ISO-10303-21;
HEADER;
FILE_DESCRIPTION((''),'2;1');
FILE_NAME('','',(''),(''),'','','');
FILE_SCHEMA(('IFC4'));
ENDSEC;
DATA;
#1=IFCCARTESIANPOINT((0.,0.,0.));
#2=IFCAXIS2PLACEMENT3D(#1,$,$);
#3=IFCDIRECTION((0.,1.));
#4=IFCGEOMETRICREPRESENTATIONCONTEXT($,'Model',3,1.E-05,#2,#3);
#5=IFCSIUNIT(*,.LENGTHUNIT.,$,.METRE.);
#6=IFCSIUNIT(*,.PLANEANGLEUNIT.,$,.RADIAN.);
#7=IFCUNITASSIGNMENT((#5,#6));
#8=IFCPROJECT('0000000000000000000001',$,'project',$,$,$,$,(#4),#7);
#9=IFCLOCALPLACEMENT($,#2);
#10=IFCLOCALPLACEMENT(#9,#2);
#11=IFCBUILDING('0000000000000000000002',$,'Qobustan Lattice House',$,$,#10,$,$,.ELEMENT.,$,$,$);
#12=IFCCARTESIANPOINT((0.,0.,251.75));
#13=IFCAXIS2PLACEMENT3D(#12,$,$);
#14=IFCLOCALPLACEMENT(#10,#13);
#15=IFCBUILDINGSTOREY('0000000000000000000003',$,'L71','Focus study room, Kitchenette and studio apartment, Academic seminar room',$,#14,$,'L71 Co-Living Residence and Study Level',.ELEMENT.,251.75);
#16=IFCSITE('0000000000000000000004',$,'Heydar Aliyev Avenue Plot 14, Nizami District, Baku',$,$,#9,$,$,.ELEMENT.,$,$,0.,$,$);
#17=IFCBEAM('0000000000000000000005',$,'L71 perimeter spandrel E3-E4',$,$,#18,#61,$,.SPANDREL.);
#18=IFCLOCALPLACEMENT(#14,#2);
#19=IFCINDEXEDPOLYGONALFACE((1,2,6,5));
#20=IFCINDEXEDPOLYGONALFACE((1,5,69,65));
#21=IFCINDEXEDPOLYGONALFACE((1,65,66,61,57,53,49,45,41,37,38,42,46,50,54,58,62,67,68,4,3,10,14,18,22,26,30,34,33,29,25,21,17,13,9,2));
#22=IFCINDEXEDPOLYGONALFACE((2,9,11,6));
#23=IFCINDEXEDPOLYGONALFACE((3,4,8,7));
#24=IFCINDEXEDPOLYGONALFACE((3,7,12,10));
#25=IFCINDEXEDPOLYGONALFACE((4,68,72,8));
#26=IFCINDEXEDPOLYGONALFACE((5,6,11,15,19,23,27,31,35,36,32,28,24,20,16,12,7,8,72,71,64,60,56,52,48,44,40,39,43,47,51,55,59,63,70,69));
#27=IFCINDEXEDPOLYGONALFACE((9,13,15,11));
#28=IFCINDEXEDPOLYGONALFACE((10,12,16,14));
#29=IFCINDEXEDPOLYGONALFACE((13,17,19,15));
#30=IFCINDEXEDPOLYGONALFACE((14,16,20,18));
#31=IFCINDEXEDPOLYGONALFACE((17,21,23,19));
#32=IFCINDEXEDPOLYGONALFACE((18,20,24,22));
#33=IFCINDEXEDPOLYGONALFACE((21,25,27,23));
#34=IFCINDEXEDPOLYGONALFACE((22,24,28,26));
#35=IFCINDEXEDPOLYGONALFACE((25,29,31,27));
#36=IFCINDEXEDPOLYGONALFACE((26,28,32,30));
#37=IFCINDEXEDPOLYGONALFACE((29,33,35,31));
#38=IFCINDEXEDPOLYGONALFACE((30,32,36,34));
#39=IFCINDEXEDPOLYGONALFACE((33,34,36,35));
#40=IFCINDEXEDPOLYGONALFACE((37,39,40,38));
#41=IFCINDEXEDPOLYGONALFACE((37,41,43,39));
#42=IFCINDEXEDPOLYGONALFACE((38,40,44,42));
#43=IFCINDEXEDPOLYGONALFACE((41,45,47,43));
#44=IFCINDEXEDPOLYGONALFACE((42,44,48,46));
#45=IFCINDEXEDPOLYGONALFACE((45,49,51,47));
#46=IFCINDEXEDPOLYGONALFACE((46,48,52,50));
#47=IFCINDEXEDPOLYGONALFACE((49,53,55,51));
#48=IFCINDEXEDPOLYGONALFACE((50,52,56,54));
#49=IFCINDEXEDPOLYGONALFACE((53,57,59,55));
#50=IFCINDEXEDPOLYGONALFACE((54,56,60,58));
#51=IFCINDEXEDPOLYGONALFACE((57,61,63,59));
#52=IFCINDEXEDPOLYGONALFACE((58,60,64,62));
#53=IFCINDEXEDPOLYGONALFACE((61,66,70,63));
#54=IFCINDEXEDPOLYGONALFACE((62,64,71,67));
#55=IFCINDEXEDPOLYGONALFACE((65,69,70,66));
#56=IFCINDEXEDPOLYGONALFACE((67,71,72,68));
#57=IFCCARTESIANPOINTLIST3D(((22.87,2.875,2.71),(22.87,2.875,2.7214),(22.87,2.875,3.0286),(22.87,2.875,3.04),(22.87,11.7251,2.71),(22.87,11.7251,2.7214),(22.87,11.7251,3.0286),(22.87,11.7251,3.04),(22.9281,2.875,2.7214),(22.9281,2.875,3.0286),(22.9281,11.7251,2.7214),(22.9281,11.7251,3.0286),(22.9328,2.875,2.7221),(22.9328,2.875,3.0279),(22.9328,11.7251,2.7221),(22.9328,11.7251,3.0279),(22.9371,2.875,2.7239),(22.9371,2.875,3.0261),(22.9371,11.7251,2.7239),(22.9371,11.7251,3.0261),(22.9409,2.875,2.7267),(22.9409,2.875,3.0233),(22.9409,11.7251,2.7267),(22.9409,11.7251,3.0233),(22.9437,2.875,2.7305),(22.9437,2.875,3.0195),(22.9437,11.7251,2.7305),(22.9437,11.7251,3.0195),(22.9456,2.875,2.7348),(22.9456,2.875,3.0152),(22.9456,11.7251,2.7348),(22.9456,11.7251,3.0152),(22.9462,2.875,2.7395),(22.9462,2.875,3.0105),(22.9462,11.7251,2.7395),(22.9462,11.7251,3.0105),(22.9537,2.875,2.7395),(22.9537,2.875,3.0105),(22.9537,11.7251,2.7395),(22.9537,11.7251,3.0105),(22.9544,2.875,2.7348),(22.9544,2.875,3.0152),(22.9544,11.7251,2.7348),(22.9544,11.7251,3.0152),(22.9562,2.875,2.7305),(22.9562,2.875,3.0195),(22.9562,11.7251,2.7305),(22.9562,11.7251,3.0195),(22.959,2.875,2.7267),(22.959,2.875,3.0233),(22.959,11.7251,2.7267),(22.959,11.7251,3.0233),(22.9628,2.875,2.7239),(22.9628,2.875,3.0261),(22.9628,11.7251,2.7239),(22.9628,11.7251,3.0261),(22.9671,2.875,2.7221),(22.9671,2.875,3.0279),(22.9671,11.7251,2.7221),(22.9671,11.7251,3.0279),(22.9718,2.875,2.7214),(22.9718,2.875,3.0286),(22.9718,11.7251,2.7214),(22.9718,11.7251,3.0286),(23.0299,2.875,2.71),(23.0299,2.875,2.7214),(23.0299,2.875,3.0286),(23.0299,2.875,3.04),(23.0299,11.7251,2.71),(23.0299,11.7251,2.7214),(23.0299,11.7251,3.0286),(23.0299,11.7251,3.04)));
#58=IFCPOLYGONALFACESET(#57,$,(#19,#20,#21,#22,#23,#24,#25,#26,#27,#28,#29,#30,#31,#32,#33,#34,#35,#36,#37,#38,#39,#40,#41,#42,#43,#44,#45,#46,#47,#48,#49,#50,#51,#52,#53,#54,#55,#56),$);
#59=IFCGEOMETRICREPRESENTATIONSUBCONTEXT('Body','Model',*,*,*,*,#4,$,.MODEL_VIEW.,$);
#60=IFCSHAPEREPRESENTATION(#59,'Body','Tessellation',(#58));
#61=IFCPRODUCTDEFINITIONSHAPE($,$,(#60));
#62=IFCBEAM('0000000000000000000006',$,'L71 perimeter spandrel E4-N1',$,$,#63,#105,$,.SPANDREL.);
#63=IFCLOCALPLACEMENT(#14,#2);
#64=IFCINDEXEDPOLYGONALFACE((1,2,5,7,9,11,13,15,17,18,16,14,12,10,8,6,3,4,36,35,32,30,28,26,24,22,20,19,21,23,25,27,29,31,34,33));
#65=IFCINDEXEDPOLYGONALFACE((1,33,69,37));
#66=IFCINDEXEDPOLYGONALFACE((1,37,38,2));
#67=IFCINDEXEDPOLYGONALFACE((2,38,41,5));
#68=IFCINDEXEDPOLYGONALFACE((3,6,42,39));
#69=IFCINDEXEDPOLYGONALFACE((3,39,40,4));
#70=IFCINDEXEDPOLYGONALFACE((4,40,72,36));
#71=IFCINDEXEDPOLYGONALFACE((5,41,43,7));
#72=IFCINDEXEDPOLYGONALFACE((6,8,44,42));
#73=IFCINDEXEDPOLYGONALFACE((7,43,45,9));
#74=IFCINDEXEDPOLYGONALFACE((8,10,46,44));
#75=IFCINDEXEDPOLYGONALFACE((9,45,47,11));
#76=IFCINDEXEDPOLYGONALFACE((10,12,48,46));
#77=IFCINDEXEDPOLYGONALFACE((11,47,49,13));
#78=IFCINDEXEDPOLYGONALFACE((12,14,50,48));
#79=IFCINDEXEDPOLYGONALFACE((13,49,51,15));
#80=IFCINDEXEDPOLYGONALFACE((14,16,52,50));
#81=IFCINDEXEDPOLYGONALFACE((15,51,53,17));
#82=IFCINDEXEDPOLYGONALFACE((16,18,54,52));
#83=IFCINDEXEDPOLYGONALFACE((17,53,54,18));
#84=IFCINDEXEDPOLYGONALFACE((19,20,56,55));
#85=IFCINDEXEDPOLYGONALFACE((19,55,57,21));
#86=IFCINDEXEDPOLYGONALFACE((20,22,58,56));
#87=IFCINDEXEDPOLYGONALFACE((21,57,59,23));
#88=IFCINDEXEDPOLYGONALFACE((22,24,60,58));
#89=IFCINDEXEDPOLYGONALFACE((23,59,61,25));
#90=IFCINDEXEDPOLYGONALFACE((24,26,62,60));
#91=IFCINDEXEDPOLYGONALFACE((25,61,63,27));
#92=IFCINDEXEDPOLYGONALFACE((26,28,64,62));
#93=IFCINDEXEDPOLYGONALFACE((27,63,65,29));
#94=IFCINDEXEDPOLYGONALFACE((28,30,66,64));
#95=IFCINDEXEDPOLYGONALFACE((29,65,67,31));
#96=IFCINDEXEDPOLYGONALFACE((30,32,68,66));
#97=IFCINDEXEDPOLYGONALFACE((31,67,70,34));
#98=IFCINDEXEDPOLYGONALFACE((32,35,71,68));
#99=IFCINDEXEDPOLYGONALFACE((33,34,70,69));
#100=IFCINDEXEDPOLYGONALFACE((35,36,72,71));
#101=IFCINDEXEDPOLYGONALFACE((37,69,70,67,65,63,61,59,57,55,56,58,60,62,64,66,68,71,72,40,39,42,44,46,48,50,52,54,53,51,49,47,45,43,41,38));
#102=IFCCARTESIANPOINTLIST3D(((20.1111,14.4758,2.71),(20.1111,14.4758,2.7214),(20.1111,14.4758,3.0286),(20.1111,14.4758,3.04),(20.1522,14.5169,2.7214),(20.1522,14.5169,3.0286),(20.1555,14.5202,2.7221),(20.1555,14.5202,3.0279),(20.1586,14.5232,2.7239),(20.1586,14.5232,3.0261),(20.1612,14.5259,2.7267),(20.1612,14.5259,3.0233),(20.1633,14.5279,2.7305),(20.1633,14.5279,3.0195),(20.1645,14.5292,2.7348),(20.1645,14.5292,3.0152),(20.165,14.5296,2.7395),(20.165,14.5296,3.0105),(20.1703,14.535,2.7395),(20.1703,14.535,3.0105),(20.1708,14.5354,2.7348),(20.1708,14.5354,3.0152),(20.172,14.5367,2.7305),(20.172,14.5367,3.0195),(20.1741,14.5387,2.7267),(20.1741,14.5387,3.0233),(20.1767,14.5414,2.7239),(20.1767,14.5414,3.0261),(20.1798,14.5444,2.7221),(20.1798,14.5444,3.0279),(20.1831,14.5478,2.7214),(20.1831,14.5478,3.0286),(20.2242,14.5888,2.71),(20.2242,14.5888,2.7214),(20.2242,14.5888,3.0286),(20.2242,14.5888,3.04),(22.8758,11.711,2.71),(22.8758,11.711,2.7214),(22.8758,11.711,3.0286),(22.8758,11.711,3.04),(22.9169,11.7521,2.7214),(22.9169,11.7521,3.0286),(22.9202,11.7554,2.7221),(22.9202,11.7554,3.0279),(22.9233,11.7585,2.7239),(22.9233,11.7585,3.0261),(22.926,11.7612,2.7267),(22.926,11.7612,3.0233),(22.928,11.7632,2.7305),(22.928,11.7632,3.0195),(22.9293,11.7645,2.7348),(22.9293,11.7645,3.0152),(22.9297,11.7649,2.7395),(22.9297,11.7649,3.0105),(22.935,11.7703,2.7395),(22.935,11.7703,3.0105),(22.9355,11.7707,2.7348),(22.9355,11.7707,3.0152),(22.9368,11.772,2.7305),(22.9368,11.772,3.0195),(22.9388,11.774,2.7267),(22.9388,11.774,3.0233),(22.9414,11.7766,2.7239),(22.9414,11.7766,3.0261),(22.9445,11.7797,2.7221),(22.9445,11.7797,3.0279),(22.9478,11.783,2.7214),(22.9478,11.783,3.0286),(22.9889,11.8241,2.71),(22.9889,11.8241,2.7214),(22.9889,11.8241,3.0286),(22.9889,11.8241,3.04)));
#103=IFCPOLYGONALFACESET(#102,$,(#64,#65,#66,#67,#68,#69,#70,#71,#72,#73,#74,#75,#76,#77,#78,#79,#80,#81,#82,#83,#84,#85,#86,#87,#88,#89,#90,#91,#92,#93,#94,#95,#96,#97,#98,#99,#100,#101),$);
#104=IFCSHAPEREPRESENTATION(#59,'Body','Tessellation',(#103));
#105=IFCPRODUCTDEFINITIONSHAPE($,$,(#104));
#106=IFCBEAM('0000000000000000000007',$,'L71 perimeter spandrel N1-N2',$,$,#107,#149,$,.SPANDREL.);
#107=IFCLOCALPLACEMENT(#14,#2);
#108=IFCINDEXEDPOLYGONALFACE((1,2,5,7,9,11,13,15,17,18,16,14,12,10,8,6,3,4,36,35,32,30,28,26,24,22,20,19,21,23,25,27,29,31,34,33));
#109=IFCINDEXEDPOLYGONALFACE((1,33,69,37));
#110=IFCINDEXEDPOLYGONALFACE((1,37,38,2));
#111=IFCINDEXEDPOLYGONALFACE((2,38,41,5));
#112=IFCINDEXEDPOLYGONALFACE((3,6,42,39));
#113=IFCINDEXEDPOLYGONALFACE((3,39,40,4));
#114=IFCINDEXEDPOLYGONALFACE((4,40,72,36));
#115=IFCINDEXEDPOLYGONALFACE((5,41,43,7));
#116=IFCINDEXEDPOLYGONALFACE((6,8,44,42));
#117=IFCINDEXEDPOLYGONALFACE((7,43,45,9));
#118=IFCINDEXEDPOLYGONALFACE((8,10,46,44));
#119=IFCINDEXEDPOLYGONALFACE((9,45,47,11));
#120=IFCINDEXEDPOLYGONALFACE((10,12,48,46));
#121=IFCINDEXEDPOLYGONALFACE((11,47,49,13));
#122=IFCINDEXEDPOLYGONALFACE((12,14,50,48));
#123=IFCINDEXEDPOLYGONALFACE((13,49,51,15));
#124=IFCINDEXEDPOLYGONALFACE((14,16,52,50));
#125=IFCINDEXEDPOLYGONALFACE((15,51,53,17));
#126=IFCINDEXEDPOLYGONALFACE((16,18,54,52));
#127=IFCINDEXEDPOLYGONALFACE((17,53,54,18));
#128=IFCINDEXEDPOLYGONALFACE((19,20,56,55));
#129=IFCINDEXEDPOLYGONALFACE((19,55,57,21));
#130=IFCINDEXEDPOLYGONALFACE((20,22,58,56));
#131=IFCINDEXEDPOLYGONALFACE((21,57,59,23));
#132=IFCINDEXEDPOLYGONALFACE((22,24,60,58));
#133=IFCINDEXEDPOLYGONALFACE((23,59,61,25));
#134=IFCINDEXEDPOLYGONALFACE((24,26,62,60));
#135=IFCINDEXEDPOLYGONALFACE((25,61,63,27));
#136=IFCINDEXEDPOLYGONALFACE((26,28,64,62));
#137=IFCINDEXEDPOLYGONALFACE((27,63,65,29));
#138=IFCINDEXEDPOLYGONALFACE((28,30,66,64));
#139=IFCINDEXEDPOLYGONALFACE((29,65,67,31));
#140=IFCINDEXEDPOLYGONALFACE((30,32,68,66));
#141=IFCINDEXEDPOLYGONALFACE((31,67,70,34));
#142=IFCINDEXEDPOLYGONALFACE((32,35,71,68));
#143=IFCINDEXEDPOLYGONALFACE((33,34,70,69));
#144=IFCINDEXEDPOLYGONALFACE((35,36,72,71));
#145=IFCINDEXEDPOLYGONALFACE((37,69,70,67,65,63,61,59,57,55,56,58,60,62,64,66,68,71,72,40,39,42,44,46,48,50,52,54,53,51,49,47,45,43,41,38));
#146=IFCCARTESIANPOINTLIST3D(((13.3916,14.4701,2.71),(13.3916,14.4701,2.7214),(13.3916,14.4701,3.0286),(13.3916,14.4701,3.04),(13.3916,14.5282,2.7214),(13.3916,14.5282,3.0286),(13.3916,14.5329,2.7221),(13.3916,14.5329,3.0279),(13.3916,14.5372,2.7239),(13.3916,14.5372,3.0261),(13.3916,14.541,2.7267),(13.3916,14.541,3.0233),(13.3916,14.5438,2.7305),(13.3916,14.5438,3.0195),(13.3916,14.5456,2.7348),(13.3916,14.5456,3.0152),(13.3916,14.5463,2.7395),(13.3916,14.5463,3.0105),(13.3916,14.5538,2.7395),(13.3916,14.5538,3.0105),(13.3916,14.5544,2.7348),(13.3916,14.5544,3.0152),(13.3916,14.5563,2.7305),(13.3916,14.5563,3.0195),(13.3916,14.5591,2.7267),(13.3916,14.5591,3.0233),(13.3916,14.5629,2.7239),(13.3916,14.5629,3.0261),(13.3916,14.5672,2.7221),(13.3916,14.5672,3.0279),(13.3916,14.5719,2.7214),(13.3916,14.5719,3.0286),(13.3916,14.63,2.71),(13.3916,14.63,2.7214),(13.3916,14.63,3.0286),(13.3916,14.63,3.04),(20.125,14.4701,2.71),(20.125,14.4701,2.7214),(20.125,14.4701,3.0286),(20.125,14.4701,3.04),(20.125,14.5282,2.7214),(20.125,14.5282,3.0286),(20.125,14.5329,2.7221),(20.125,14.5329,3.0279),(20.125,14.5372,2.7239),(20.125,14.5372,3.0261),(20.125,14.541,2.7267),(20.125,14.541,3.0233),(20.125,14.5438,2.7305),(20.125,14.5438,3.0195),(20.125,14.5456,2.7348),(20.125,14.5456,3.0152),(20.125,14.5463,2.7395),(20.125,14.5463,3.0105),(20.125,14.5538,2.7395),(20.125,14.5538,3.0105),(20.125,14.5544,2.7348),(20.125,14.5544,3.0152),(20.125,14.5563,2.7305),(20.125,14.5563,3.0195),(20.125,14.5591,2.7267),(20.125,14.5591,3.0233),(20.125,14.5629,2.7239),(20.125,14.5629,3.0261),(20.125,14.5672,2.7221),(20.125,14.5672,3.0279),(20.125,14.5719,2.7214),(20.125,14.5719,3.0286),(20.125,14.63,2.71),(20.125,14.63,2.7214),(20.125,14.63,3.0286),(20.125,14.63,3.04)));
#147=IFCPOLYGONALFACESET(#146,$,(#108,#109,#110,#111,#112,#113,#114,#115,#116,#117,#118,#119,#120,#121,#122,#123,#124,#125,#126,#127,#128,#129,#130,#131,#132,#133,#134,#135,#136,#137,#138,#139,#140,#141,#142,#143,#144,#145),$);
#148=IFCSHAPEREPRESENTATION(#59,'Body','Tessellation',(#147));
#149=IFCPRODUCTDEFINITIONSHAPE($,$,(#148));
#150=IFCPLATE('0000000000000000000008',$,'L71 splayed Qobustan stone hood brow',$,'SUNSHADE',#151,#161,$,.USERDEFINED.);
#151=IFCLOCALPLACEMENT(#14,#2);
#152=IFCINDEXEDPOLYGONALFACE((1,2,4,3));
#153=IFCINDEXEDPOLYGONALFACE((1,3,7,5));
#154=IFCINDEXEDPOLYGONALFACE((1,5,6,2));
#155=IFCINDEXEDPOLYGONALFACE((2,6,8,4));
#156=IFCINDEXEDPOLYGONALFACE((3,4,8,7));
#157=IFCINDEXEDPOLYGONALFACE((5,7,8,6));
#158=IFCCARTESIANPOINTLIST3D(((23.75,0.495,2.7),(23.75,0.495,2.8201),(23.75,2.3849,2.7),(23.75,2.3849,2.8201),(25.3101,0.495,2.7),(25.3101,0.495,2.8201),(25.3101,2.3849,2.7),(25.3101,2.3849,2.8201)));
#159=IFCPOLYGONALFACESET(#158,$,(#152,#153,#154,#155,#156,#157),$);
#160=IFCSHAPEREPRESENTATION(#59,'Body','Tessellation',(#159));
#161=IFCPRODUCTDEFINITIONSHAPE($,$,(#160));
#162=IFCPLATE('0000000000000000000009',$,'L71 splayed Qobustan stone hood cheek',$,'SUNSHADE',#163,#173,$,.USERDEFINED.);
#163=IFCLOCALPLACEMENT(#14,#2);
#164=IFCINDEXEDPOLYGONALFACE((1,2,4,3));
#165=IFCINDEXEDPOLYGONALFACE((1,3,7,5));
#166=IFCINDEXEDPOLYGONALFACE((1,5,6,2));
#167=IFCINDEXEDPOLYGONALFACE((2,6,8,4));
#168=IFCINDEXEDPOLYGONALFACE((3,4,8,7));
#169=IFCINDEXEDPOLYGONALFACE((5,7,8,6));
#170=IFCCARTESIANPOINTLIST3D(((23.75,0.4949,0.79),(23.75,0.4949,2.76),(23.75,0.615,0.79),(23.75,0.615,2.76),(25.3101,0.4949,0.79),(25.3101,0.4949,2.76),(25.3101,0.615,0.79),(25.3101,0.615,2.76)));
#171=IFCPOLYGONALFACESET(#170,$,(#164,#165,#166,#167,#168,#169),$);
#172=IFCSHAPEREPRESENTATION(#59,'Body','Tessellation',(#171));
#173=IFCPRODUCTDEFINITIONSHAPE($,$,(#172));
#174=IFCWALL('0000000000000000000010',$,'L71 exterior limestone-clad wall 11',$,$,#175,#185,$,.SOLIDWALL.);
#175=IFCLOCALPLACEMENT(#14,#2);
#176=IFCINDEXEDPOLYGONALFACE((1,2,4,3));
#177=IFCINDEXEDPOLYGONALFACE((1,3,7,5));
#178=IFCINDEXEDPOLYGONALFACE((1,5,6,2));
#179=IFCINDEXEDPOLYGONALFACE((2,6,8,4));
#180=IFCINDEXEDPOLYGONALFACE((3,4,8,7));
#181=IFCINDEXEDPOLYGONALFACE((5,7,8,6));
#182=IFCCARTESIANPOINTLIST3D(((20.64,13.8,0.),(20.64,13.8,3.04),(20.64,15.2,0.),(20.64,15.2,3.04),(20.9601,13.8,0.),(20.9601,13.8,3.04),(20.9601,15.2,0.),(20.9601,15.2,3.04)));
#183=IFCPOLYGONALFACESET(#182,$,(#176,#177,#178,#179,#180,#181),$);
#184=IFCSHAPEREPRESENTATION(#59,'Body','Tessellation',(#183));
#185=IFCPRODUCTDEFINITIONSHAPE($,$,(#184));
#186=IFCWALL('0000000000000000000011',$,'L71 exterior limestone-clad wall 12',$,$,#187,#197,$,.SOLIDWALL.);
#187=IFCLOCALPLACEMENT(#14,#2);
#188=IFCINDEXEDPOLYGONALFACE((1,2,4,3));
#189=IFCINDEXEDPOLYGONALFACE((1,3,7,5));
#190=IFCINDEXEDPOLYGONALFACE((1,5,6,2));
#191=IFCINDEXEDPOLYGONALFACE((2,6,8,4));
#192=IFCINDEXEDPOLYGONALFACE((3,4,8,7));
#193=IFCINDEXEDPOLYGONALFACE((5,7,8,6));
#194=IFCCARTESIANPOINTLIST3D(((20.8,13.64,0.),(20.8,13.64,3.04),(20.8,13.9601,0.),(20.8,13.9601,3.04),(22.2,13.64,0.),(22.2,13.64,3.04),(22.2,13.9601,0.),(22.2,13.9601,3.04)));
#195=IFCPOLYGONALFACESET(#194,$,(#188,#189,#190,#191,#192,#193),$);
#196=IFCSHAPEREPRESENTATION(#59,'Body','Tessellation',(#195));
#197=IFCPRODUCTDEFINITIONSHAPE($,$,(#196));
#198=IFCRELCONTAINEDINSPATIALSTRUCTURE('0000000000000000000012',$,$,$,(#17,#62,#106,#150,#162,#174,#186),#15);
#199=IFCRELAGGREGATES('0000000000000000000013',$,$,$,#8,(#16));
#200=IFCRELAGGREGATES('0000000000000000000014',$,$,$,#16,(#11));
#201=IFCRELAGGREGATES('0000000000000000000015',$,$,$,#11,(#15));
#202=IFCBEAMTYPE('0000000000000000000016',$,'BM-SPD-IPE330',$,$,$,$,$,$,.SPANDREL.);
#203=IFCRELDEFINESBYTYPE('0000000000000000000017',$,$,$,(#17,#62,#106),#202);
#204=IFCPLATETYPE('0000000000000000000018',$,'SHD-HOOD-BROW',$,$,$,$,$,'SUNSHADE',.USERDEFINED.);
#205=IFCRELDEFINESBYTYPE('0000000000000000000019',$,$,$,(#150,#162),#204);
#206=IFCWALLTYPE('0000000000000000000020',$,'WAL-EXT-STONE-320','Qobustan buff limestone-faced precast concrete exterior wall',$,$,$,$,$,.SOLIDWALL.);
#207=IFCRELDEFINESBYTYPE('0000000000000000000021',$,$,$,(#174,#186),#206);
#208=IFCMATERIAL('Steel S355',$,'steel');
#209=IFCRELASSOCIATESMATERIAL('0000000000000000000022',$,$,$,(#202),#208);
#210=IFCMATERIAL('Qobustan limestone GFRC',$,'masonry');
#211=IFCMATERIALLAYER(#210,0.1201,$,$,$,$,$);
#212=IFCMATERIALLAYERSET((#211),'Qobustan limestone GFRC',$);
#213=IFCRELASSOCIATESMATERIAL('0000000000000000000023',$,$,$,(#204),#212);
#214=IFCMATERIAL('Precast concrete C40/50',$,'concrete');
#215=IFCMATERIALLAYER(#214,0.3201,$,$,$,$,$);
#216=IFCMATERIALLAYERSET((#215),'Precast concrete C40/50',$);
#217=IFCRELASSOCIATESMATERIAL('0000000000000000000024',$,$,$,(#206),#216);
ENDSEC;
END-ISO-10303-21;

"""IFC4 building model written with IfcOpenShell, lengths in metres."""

from ifc_helpers import new_model, si_unit, direction, frame, frame_2d, origin, origin_2d, place, context, subcontext, project, spatial, rectangle, i_section, extrude, material, layer, layer_set, material_profile, profile_set, type_object, element, save


model = new_model("IFC4")

# Units and contexts
model_context = context("Model", 3, precision=1e-05, world=origin(), true_north=direction((0.0, 1.0)))
body_context = subcontext(model_context, "Body", "Model", "MODEL_VIEW")
ifc_project = project(units=[si_unit("LENGTHUNIT", "METRE"), si_unit("PLANEANGLEUNIT", "RADIAN")], contexts=[model_context])

# Site, building, storey
site_placement = place(None, origin())
site = spatial("IfcSite", under=ifc_project, at=site_placement, Name="Heydar Aliyev Avenue Plot 14, Nizami District, Baku", CompositionType="ELEMENT", RefElevation=0.0)
building_placement = place(site_placement, origin())
building = spatial("IfcBuilding", under=site, at=building_placement, Name="Qobustan Lattice House", CompositionType="ELEMENT")
storey_placement = place(building_placement, frame((0.0, 0.0, 251.75)))
storey = spatial("IfcBuildingStorey", under=building, at=storey_placement, Name="L71", Description="Focus study room, Kitchenette and studio apartment, Academic seminar room", LongName="L71 Co-Living Residence and Study Level", CompositionType="ELEMENT", Elevation=251.75)

# Beams
ifc_material_1 = material(Name="Steel S355", Category="steel")
ifc_material_profile_1 = material_profile(ifc_material_1, i_section(OverallWidth=0.1599, OverallDepth=0.3301, WebThickness=0.0076, FlangeThickness=0.0115, FilletRadius=0.0181, at=origin_2d()), Name="IPE330")
ifc_profile_set_1 = profile_set([ifc_material_profile_1], Name="Steel S355")
beam_type_1 = type_object("IfcBeamType", Name="BM-SPD-IPE330", PredefinedType="SPANDREL", material=ifc_profile_set_1)
beam_1_placement = place(storey_placement, frame((22.95, 2.875, 2.875), z_axis=(0.0, 1.0, 0.0), x_axis=(-1.0, 0.0, 0.0)))
element("IfcBeam", 1, at=beam_1_placement, inside=storey, type_object=beam_type_1, Name="L71 perimeter spandrel E3-E4", PredefinedType="SPANDREL", context=body_context, shape_type="SweptSolid", body=[
    extrude(i_section(OverallWidth=0.1599, OverallDepth=0.3301, WebThickness=0.0076, FlangeThickness=0.0115, FilletRadius=0.0181, at=origin_2d()), origin(), (0.0, 0.0, 1.0), 8.8501),
])
beam_2_placement = place(storey_placement, frame((22.9324, 11.7676, 2.875), z_axis=(-0.707107, 0.707107, 0.0), x_axis=(-0.707107, -0.707107, 0.0)))
element("IfcBeam", 2, at=beam_2_placement, inside=storey, type_object=beam_type_1, Name="L71 perimeter spandrel E4-N1", PredefinedType="SPANDREL", context=body_context, shape_type="SweptSolid", body=[
    extrude(i_section(OverallWidth=0.1599, OverallDepth=0.3301, WebThickness=0.0076, FlangeThickness=0.0115, FilletRadius=0.0181, at=origin_2d()), origin(), (0.0, 0.0, 1.0), 3.9099),
])
beam_3_placement = place(storey_placement, frame((20.125, 14.55, 2.875), z_axis=(-1.0, 0.0, 0.0), x_axis=(0.0, -1.0, 0.0)))
element("IfcBeam", 3, at=beam_3_placement, inside=storey, type_object=beam_type_1, Name="L71 perimeter spandrel N1-N2", PredefinedType="SPANDREL", context=body_context, shape_type="SweptSolid", body=[
    extrude(i_section(OverallWidth=0.1599, OverallDepth=0.3301, WebThickness=0.0076, FlangeThickness=0.0115, FilletRadius=0.0181, at=origin_2d()), origin(), (0.0, 0.0, 1.0), 6.7334),
])

# Plates
ifc_material_2 = material(Name="Qobustan limestone GFRC", Category="masonry")
ifc_layer_1 = layer(ifc_material_2, 0.1201)
ifc_layer_set_1 = layer_set([ifc_layer_1], Name="Qobustan limestone GFRC")
plate_type = type_object("IfcPlateType", Name="SHD-HOOD-BROW", ElementType="SUNSHADE", PredefinedType="USERDEFINED", material=ifc_layer_set_1)
plate_1_placement = place(storey_placement, frame((24.53, 1.4399, 2.7), z_axis=(0.0, 0.0, 1.0), x_axis=(0.0, -1.0, 0.0)))
element("IfcPlate", 4, at=plate_1_placement, inside=storey, type_object=plate_type, Name="L71 splayed Qobustan stone hood brow", ObjectType="SUNSHADE", PredefinedType="USERDEFINED", context=body_context, shape_type="SweptSolid", body=[
    extrude(rectangle(XDim=1.8899, YDim=1.5601, at=origin_2d()), origin(), (0.0, 0.0, 1.0), 0.1201),
])
plate_2_placement = place(storey_placement, frame((24.53, 0.5549, 0.79), z_axis=(0.0, 0.0, 1.0), x_axis=(0.0, -1.0, 0.0)))
element("IfcPlate", 5, at=plate_2_placement, inside=storey, type_object=plate_type, Name="L71 splayed Qobustan stone hood cheek", ObjectType="SUNSHADE", PredefinedType="USERDEFINED", context=body_context, shape_type="SweptSolid", body=[
    extrude(rectangle(XDim=0.1201, YDim=1.5601, at=origin_2d()), origin(), (0.0, 0.0, 1.0), 1.97),
])

# Walls
ifc_material_3 = material(Name="Precast concrete C40/50", Category="concrete")
ifc_layer_2 = layer(ifc_material_3, 0.3201)
ifc_layer_set_2 = layer_set([ifc_layer_2], Name="Precast concrete C40/50")
wall_type_1 = type_object("IfcWallType", Name="WAL-EXT-STONE-320", Description="Qobustan buff limestone-faced precast concrete exterior wall", PredefinedType="SOLIDWALL", material=ifc_layer_set_2)
for number, where, z_axis, x_axis, name in (
    (6, (20.8, 15.2, 0.0), (0.0, 0.0, 1.0), (0.0, -1.0, 0.0), "L71 exterior limestone-clad wall 11"),
    (7, (20.8, 13.8, 0.0), (0.0, 0.0, 1.0), (1.0, 0.0, 0.0), "L71 exterior limestone-clad wall 12"),
):
    element("IfcWall", number, at=place(storey_placement, frame(where, z_axis=z_axis, x_axis=x_axis)), inside=storey, type_object=wall_type_1, Name=name, PredefinedType="SOLIDWALL", context=body_context, shape_type="SweptSolid", body=[
        extrude(rectangle(XDim=1.3999, YDim=0.3201, at=frame_2d((0.7, 0.0))), origin(), (0.0, 0.0, 1.0), 3.04),
    ])

save(model, "model.ifc")
